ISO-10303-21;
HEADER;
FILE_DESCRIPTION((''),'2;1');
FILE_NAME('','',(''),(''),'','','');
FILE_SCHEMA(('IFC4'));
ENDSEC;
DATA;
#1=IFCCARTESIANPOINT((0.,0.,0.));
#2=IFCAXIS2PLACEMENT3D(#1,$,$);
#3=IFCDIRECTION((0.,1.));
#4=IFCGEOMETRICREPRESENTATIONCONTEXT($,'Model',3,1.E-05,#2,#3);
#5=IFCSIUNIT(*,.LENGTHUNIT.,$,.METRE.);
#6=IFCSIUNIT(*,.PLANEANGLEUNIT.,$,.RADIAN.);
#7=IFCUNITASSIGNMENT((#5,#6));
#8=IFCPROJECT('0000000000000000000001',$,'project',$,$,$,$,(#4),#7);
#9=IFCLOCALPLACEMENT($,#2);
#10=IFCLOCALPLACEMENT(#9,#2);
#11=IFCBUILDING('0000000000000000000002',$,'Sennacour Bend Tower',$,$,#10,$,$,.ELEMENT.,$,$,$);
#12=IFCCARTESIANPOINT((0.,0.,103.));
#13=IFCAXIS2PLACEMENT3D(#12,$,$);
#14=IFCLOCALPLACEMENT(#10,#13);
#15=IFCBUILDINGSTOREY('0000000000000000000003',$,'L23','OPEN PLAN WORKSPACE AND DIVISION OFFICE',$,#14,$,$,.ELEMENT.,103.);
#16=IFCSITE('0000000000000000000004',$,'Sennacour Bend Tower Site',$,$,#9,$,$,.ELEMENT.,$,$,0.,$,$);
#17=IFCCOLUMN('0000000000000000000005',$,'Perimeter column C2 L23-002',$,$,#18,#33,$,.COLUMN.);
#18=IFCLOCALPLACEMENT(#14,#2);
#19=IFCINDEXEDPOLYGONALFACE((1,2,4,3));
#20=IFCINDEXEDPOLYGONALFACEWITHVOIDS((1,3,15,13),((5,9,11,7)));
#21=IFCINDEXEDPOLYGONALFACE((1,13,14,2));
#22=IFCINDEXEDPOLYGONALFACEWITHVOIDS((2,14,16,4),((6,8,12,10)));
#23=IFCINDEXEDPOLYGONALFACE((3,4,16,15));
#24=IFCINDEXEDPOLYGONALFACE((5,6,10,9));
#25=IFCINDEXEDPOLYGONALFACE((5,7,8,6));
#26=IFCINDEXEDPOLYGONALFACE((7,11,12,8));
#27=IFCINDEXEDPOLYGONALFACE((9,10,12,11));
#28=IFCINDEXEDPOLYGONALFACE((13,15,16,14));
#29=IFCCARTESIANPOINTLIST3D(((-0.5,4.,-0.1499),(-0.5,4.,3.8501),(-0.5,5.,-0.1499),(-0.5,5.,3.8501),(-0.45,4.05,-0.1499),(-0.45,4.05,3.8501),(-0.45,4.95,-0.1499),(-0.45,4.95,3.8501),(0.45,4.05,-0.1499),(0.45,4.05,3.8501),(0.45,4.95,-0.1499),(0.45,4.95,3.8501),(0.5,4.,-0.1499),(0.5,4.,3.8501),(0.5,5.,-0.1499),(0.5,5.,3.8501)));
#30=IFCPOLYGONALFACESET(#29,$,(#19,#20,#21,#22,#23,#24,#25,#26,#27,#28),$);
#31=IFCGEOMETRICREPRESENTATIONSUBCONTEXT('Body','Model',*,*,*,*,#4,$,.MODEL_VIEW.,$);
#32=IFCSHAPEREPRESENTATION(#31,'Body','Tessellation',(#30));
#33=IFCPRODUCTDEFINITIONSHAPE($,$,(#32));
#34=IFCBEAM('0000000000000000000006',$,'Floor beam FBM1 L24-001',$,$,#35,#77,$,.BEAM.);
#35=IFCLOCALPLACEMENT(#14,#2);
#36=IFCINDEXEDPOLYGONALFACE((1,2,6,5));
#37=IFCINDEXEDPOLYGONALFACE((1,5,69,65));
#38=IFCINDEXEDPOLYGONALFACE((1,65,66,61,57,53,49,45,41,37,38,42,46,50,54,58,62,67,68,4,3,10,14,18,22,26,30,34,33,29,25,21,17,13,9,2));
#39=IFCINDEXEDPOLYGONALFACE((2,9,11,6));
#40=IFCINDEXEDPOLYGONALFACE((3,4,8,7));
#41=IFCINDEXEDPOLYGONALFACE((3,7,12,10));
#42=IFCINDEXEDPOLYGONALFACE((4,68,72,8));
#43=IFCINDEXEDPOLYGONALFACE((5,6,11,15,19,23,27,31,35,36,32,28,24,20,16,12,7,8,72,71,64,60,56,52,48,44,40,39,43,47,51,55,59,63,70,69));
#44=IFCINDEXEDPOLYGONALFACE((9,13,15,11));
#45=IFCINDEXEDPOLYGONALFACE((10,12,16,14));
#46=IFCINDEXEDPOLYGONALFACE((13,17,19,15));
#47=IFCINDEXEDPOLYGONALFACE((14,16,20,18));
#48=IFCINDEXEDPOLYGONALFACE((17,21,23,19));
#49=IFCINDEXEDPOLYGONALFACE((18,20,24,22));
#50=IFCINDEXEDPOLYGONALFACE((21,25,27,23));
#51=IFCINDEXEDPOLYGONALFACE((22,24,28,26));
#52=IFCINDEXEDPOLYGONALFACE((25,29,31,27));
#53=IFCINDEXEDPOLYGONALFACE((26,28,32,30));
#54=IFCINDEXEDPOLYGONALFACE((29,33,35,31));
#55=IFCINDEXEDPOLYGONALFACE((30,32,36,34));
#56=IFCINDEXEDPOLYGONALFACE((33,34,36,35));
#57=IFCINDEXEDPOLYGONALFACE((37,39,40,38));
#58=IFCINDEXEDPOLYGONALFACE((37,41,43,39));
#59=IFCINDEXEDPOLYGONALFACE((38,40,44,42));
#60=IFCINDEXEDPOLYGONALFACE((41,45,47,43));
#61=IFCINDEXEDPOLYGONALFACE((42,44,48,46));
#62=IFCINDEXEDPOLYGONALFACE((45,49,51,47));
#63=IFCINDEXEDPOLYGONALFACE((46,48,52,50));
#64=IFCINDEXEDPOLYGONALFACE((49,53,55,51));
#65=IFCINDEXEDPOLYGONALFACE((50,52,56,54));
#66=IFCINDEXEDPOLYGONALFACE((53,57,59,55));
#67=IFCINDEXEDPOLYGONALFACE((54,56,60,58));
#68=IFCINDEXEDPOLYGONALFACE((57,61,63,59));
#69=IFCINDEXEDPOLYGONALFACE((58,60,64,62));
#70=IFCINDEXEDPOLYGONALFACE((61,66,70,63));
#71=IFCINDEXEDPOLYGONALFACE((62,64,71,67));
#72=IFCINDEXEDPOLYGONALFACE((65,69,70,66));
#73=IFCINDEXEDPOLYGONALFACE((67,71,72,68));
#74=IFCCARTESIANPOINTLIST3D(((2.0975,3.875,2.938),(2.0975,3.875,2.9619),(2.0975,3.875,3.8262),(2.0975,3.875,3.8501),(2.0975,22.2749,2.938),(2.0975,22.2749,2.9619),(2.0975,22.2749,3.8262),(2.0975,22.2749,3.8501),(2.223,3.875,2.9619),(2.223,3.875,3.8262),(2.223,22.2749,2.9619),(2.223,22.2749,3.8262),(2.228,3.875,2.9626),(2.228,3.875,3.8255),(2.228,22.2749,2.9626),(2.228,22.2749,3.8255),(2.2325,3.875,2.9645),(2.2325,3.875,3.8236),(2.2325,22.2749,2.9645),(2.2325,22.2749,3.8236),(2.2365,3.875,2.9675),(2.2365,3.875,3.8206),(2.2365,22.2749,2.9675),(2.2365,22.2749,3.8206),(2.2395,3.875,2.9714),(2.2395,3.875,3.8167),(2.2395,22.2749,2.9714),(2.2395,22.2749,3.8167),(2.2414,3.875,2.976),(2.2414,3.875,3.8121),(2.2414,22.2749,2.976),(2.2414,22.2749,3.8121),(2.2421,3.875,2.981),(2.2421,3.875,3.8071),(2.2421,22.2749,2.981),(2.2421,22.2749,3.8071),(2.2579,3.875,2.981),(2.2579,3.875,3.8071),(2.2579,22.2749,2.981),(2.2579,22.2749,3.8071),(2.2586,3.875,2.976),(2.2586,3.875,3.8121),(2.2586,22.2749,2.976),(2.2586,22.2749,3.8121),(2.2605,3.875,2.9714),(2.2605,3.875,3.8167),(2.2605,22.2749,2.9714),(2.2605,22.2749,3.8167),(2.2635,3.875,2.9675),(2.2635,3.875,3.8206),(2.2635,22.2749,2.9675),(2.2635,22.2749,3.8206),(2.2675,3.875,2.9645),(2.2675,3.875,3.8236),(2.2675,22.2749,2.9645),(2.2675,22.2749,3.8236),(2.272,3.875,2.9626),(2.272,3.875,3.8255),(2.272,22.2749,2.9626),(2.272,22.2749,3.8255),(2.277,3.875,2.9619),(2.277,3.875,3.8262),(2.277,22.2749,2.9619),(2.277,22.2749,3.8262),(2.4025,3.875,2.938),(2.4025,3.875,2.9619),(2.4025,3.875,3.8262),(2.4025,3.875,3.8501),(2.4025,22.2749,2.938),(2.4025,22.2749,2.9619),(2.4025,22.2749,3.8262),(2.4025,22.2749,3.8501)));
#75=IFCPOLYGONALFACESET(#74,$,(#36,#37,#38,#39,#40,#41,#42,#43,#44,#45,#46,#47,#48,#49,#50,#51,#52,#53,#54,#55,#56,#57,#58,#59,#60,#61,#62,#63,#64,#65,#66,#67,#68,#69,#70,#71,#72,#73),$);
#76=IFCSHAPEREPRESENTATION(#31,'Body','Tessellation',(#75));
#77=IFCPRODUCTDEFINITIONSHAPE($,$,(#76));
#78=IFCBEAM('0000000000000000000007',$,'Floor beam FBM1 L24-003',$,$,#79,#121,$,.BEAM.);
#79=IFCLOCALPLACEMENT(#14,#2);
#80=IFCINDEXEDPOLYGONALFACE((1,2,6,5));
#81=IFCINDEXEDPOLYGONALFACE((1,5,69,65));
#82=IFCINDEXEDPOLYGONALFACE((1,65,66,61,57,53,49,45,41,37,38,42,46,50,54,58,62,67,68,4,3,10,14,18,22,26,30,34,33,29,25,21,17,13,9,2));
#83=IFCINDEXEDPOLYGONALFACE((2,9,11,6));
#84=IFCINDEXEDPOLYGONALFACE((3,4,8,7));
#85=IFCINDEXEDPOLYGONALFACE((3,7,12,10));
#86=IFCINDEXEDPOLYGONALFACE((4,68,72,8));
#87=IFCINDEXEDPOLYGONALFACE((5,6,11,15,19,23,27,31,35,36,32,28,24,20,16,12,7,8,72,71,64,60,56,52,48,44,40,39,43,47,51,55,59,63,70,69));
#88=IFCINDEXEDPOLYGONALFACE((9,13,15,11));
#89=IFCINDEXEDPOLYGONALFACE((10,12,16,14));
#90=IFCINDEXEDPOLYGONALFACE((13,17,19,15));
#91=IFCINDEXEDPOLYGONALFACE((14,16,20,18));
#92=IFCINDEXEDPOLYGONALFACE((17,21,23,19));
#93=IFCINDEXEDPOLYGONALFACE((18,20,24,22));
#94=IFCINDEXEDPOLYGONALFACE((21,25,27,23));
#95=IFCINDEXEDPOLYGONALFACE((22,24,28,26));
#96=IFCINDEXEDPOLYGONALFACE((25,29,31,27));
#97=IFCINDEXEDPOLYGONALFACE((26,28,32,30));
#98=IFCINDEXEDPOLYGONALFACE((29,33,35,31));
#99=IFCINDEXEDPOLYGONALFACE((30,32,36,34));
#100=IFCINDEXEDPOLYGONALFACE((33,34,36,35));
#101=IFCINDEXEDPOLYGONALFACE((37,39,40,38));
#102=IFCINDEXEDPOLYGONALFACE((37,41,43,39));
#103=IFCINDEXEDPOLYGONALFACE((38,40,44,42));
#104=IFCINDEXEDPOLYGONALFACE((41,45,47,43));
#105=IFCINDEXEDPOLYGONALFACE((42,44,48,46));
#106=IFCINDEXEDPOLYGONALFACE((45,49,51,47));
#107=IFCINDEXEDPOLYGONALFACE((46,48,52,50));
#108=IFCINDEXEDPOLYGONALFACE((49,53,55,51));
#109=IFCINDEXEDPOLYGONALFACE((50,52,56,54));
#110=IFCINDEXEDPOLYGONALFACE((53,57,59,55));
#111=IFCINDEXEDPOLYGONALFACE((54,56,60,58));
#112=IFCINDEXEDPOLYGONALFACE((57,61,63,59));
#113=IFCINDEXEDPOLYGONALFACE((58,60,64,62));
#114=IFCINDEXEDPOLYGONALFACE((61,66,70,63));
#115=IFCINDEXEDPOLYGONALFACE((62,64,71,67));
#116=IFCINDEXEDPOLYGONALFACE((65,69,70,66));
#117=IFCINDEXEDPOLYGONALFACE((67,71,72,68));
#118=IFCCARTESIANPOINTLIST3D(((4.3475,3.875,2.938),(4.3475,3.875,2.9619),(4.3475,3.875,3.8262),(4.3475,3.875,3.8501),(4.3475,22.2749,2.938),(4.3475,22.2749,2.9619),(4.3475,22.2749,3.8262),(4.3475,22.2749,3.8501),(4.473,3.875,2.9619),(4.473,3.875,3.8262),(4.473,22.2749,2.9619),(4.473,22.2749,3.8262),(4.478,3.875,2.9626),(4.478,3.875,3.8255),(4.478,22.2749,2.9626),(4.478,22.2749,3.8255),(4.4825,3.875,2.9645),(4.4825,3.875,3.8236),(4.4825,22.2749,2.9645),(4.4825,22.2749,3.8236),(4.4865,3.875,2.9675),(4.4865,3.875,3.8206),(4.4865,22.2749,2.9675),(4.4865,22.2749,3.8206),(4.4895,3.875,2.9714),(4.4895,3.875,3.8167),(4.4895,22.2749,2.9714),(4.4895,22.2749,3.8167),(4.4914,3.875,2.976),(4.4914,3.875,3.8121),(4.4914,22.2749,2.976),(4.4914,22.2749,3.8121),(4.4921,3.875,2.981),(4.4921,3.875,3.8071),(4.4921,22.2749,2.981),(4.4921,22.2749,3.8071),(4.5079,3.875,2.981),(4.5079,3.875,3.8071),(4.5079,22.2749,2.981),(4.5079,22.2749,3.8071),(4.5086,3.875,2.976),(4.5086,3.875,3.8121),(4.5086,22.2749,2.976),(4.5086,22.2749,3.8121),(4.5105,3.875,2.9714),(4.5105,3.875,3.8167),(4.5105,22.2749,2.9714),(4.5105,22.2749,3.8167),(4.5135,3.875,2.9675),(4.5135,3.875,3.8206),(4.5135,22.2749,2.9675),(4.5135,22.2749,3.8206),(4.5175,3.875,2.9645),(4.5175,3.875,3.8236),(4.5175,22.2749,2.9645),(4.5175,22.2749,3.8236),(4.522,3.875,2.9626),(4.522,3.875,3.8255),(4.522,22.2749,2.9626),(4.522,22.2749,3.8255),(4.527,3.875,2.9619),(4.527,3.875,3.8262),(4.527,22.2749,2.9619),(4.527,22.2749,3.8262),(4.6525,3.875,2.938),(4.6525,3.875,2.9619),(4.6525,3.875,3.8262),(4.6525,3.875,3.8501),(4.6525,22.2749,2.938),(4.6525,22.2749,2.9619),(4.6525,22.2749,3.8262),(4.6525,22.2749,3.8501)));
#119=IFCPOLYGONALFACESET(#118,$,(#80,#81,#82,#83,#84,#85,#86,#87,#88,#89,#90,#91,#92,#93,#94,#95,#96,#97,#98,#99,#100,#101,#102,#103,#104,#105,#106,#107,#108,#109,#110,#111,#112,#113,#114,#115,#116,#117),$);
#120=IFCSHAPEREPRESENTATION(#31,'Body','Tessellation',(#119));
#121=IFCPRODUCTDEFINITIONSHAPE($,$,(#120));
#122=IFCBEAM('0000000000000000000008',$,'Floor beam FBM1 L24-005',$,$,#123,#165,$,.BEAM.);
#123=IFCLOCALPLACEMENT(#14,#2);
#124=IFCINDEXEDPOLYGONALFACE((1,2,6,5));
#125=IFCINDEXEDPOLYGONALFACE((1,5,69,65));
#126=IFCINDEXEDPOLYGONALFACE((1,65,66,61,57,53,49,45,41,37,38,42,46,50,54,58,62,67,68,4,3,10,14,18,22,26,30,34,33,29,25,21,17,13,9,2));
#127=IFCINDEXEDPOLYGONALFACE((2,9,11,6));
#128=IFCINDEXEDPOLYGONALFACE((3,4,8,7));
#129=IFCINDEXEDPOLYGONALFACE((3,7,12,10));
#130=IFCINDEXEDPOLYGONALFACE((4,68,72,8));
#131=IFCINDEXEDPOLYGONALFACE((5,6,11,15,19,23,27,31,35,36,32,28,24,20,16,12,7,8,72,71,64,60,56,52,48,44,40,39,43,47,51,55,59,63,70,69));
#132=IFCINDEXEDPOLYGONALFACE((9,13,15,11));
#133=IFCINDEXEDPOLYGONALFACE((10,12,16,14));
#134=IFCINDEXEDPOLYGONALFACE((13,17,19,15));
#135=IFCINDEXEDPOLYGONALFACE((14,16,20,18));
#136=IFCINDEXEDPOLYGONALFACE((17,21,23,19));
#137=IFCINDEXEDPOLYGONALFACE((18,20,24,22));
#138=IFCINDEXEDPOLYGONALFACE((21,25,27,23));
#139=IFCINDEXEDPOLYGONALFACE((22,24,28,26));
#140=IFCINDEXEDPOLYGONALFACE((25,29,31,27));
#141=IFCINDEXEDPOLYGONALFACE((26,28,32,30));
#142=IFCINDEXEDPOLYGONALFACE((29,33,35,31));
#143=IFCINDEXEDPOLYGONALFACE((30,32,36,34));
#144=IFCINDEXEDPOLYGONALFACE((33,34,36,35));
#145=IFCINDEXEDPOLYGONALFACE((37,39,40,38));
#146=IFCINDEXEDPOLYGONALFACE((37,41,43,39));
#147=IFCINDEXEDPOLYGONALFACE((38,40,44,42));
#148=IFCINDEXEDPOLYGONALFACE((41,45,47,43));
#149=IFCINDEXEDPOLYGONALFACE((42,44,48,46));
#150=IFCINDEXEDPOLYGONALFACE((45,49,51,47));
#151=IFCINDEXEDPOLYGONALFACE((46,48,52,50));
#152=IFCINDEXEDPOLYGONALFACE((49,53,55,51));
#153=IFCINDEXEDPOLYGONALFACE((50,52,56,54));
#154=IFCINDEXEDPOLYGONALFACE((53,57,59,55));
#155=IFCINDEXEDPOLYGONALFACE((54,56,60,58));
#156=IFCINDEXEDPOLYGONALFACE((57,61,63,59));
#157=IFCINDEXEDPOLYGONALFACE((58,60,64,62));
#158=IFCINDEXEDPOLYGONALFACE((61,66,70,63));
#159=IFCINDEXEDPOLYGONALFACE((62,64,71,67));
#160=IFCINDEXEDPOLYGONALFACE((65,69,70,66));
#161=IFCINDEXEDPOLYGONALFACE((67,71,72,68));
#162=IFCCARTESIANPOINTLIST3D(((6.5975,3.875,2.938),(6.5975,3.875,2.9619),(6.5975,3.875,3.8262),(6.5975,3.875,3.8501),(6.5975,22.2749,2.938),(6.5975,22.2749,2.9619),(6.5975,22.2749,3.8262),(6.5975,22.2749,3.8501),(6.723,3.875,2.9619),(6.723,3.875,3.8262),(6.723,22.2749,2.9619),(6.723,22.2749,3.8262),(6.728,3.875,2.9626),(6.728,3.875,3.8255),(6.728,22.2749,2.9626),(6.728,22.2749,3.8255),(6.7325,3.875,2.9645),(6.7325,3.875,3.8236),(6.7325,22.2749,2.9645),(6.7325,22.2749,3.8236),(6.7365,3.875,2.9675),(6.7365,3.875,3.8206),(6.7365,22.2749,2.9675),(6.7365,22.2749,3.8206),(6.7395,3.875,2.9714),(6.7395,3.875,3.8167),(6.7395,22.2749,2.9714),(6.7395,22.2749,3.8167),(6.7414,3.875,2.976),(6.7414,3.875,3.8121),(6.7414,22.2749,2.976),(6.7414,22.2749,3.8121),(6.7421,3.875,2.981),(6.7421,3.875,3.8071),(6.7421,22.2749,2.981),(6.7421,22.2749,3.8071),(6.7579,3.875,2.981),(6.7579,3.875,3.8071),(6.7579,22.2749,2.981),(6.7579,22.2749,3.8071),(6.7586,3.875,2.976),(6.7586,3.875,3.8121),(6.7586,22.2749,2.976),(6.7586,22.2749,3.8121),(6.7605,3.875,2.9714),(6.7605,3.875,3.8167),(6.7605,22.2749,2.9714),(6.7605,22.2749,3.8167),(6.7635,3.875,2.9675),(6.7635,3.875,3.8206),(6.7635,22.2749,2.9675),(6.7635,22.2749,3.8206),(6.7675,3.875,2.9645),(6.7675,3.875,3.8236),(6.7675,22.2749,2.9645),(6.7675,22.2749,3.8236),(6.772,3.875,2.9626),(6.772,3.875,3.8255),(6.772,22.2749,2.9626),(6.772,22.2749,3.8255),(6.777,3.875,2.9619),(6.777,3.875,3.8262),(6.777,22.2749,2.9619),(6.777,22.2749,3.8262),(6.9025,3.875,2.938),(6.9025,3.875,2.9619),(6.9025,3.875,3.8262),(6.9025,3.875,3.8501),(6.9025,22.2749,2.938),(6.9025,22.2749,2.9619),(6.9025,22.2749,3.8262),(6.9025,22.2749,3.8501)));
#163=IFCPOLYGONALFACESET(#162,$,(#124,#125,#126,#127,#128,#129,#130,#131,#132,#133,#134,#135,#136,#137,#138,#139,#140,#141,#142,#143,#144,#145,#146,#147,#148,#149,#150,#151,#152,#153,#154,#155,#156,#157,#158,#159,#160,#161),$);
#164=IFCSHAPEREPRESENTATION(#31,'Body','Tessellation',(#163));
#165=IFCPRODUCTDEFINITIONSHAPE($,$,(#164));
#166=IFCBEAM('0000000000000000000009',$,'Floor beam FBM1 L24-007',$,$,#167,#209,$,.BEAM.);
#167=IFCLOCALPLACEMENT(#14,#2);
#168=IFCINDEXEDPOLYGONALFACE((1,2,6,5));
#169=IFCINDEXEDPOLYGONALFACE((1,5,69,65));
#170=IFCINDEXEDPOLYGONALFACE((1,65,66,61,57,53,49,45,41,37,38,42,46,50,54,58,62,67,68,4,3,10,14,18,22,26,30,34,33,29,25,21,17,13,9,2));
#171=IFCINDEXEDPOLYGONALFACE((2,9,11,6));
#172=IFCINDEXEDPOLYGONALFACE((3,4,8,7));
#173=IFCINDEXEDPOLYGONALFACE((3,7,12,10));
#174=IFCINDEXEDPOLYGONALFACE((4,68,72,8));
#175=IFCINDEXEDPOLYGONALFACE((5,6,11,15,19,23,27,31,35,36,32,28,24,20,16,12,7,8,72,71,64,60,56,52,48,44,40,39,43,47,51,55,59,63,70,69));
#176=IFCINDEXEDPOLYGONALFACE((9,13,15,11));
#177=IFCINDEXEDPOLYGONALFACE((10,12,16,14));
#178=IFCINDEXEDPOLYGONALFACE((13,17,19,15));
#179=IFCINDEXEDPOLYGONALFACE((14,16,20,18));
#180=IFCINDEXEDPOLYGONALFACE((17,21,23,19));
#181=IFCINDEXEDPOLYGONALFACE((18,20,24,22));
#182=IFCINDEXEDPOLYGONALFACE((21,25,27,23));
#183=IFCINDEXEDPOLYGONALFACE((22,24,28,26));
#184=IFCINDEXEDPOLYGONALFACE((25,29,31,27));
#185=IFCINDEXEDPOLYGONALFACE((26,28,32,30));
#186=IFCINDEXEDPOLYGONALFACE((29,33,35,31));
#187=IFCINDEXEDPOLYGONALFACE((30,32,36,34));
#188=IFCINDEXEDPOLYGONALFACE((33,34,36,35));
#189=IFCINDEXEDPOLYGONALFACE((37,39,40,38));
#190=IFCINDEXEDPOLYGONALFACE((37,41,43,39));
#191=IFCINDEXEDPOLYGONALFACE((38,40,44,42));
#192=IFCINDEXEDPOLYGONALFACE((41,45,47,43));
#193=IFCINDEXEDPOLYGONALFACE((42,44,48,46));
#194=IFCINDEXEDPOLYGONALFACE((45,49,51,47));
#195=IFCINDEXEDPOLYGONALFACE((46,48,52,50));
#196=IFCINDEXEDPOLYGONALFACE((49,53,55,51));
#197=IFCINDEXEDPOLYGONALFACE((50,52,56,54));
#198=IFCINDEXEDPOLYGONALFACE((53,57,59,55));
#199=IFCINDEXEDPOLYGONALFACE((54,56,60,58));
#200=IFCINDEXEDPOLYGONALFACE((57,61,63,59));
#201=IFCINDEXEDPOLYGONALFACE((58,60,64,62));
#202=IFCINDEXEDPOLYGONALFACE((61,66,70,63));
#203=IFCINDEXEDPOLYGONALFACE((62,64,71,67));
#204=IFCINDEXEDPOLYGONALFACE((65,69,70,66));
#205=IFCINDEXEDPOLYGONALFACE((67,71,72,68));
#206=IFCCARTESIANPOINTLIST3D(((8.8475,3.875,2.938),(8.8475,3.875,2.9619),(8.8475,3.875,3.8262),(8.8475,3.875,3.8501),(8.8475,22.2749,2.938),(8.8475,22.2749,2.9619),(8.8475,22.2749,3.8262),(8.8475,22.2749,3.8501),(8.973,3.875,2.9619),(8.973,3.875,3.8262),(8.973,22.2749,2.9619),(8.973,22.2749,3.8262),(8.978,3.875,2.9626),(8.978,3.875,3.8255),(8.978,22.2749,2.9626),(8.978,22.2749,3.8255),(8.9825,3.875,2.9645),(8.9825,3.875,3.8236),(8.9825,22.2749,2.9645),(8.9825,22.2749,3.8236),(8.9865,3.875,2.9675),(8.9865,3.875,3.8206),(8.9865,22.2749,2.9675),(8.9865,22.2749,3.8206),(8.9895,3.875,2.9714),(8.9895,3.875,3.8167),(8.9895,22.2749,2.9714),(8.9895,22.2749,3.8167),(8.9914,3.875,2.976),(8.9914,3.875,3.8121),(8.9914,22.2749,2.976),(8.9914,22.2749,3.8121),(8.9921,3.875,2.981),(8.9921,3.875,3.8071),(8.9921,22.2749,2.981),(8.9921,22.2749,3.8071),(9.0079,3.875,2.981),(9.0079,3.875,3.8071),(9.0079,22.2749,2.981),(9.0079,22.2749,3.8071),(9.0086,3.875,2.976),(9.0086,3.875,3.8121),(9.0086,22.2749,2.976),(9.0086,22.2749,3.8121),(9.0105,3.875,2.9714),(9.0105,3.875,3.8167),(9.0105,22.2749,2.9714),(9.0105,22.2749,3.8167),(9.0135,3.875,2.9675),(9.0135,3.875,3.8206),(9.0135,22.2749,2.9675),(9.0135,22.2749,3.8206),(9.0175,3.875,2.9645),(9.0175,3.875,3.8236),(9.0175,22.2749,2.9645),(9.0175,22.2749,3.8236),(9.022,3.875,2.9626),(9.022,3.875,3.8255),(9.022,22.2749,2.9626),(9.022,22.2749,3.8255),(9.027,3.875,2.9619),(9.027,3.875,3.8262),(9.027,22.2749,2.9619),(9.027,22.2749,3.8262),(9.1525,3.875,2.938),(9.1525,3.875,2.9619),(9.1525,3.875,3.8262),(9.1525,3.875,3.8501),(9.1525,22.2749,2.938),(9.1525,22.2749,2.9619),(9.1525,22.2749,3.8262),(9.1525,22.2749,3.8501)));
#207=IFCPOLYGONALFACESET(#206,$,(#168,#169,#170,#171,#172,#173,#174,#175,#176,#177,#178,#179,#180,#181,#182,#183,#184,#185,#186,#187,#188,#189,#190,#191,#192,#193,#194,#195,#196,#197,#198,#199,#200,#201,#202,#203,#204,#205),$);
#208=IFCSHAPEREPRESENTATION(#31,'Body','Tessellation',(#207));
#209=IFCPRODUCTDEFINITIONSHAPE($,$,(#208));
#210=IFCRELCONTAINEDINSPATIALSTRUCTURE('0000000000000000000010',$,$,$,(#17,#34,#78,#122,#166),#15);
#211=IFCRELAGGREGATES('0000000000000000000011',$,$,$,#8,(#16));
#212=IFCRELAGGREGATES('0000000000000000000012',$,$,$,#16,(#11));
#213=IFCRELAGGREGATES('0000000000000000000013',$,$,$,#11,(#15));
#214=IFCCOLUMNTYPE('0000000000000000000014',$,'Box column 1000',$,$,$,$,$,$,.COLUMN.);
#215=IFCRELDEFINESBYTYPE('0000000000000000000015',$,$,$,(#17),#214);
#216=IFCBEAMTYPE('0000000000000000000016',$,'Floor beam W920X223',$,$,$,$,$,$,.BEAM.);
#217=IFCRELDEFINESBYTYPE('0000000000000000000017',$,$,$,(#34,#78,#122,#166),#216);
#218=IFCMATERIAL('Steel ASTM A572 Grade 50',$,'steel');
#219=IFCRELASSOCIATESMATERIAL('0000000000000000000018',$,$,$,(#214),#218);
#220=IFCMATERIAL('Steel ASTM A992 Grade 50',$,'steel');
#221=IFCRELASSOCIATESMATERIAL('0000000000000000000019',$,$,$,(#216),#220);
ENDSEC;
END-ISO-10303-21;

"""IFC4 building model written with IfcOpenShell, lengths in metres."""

from ifc_helpers import new_model, si_unit, direction, frame, origin, origin_2d, place, context, subcontext, project, spatial, hollow_rectangle, i_section, extrude, material, material_profile, profile_set, type_object, element, save


model = new_model("IFC4")

# Units and contexts
model_context = context("Model", 3, precision=1e-05, world=origin(), true_north=direction((0.0, 1.0)))
body_context = subcontext(model_context, "Body", "Model", "MODEL_VIEW")
ifc_project = project(units=[si_unit("LENGTHUNIT", "METRE"), si_unit("PLANEANGLEUNIT", "RADIAN")], contexts=[model_context])

# Site, building, storey
site_placement = place(None, origin())
site = spatial("IfcSite", under=ifc_project, at=site_placement, Name="Sennacour Bend Tower Site", CompositionType="ELEMENT", RefElevation=0.0)
building_placement = place(site_placement, origin())
building = spatial("IfcBuilding", under=site, at=building_placement, Name="Sennacour Bend Tower", CompositionType="ELEMENT")
storey_placement = place(building_placement, frame((0.0, 0.0, 103.0)))
storey = spatial("IfcBuildingStorey", under=building, at=storey_placement, Name="L23", Description="OPEN PLAN WORKSPACE AND DIVISION OFFICE", CompositionType="ELEMENT", Elevation=103.0)

# Column
ifc_material_1 = material(Name="Steel ASTM A572 Grade 50", Category="steel")
ifc_material_profile_1 = material_profile(ifc_material_1, hollow_rectangle(XDim=1.0, YDim=1.0, WallThickness=0.05, at=origin_2d()), Name="Steel ASTM A572 Grade 50", Category="steel")
ifc_profile_set_1 = profile_set([ifc_material_profile_1], Name="Steel ASTM A572 Grade 50")
column_type = type_object("IfcColumnType", Name="Box column 1000", PredefinedType="COLUMN", material=ifc_profile_set_1)
column_placement = place(storey_placement, frame((0.0, 4.5, -0.1499), z_axis=(0.0, 0.0, 1.0), x_axis=(1.0, 0.0, 0.0)))
element("IfcColumn", 1, at=column_placement, inside=storey, type_object=column_type, Name="Perimeter column C2 L23-002", PredefinedType="COLUMN", context=body_context, shape_type="SweptSolid", body=[
    extrude(hollow_rectangle(XDim=1.0, YDim=1.0, WallThickness=0.05, at=origin_2d()), origin(), (0.0, 0.0, 1.0), 4.0),
])

# Beams
ifc_material_2 = material(Name="Steel ASTM A992 Grade 50", Category="steel")
ifc_material_profile_2 = material_profile(ifc_material_2, i_section(OverallWidth=0.3049, OverallDepth=0.9121, WebThickness=0.0159, FlangeThickness=0.0239, FilletRadius=0.019, at=origin_2d()), Name="Steel ASTM A992 Grade 50", Category="steel")
ifc_profile_set_2 = profile_set([ifc_material_profile_2], Name="Steel ASTM A992 Grade 50")
beam_type_1 = type_object("IfcBeamType", Name="Floor beam W920X223", PredefinedType="BEAM", material=ifc_profile_set_2)
for number, where, z_axis, x_axis, name in (
    (2, (2.25, 3.875, 3.394), (0.0, 1.0, 0.0), (-1.0, 0.0, 0.0), "Floor beam FBM1 L24-001"),
    (3, (4.5, 3.875, 3.394), (0.0, 1.0, 0.0), (-1.0, 0.0, 0.0), "Floor beam FBM1 L24-003"),
    (4, (6.75, 3.875, 3.394), (0.0, 1.0, 0.0), (-1.0, 0.0, 0.0), "Floor beam FBM1 L24-005"),
    (5, (9.0, 3.875, 3.394), (0.0, 1.0, 0.0), (-1.0, 0.0, 0.0), "Floor beam FBM1 L24-007"),
):
    element("IfcBeam", number, at=place(storey_placement, frame(where, z_axis=z_axis, x_axis=x_axis)), inside=storey, type_object=beam_type_1, Name=name, PredefinedType="BEAM", context=body_context, shape_type="SweptSolid", body=[
        extrude(i_section(OverallWidth=0.3049, OverallDepth=0.9121, WebThickness=0.0159, FlangeThickness=0.0239, FilletRadius=0.019, at=origin_2d()), origin(), (0.0, 0.0, 1.0), 18.3999),
    ])

save(model, "model.ifc")
